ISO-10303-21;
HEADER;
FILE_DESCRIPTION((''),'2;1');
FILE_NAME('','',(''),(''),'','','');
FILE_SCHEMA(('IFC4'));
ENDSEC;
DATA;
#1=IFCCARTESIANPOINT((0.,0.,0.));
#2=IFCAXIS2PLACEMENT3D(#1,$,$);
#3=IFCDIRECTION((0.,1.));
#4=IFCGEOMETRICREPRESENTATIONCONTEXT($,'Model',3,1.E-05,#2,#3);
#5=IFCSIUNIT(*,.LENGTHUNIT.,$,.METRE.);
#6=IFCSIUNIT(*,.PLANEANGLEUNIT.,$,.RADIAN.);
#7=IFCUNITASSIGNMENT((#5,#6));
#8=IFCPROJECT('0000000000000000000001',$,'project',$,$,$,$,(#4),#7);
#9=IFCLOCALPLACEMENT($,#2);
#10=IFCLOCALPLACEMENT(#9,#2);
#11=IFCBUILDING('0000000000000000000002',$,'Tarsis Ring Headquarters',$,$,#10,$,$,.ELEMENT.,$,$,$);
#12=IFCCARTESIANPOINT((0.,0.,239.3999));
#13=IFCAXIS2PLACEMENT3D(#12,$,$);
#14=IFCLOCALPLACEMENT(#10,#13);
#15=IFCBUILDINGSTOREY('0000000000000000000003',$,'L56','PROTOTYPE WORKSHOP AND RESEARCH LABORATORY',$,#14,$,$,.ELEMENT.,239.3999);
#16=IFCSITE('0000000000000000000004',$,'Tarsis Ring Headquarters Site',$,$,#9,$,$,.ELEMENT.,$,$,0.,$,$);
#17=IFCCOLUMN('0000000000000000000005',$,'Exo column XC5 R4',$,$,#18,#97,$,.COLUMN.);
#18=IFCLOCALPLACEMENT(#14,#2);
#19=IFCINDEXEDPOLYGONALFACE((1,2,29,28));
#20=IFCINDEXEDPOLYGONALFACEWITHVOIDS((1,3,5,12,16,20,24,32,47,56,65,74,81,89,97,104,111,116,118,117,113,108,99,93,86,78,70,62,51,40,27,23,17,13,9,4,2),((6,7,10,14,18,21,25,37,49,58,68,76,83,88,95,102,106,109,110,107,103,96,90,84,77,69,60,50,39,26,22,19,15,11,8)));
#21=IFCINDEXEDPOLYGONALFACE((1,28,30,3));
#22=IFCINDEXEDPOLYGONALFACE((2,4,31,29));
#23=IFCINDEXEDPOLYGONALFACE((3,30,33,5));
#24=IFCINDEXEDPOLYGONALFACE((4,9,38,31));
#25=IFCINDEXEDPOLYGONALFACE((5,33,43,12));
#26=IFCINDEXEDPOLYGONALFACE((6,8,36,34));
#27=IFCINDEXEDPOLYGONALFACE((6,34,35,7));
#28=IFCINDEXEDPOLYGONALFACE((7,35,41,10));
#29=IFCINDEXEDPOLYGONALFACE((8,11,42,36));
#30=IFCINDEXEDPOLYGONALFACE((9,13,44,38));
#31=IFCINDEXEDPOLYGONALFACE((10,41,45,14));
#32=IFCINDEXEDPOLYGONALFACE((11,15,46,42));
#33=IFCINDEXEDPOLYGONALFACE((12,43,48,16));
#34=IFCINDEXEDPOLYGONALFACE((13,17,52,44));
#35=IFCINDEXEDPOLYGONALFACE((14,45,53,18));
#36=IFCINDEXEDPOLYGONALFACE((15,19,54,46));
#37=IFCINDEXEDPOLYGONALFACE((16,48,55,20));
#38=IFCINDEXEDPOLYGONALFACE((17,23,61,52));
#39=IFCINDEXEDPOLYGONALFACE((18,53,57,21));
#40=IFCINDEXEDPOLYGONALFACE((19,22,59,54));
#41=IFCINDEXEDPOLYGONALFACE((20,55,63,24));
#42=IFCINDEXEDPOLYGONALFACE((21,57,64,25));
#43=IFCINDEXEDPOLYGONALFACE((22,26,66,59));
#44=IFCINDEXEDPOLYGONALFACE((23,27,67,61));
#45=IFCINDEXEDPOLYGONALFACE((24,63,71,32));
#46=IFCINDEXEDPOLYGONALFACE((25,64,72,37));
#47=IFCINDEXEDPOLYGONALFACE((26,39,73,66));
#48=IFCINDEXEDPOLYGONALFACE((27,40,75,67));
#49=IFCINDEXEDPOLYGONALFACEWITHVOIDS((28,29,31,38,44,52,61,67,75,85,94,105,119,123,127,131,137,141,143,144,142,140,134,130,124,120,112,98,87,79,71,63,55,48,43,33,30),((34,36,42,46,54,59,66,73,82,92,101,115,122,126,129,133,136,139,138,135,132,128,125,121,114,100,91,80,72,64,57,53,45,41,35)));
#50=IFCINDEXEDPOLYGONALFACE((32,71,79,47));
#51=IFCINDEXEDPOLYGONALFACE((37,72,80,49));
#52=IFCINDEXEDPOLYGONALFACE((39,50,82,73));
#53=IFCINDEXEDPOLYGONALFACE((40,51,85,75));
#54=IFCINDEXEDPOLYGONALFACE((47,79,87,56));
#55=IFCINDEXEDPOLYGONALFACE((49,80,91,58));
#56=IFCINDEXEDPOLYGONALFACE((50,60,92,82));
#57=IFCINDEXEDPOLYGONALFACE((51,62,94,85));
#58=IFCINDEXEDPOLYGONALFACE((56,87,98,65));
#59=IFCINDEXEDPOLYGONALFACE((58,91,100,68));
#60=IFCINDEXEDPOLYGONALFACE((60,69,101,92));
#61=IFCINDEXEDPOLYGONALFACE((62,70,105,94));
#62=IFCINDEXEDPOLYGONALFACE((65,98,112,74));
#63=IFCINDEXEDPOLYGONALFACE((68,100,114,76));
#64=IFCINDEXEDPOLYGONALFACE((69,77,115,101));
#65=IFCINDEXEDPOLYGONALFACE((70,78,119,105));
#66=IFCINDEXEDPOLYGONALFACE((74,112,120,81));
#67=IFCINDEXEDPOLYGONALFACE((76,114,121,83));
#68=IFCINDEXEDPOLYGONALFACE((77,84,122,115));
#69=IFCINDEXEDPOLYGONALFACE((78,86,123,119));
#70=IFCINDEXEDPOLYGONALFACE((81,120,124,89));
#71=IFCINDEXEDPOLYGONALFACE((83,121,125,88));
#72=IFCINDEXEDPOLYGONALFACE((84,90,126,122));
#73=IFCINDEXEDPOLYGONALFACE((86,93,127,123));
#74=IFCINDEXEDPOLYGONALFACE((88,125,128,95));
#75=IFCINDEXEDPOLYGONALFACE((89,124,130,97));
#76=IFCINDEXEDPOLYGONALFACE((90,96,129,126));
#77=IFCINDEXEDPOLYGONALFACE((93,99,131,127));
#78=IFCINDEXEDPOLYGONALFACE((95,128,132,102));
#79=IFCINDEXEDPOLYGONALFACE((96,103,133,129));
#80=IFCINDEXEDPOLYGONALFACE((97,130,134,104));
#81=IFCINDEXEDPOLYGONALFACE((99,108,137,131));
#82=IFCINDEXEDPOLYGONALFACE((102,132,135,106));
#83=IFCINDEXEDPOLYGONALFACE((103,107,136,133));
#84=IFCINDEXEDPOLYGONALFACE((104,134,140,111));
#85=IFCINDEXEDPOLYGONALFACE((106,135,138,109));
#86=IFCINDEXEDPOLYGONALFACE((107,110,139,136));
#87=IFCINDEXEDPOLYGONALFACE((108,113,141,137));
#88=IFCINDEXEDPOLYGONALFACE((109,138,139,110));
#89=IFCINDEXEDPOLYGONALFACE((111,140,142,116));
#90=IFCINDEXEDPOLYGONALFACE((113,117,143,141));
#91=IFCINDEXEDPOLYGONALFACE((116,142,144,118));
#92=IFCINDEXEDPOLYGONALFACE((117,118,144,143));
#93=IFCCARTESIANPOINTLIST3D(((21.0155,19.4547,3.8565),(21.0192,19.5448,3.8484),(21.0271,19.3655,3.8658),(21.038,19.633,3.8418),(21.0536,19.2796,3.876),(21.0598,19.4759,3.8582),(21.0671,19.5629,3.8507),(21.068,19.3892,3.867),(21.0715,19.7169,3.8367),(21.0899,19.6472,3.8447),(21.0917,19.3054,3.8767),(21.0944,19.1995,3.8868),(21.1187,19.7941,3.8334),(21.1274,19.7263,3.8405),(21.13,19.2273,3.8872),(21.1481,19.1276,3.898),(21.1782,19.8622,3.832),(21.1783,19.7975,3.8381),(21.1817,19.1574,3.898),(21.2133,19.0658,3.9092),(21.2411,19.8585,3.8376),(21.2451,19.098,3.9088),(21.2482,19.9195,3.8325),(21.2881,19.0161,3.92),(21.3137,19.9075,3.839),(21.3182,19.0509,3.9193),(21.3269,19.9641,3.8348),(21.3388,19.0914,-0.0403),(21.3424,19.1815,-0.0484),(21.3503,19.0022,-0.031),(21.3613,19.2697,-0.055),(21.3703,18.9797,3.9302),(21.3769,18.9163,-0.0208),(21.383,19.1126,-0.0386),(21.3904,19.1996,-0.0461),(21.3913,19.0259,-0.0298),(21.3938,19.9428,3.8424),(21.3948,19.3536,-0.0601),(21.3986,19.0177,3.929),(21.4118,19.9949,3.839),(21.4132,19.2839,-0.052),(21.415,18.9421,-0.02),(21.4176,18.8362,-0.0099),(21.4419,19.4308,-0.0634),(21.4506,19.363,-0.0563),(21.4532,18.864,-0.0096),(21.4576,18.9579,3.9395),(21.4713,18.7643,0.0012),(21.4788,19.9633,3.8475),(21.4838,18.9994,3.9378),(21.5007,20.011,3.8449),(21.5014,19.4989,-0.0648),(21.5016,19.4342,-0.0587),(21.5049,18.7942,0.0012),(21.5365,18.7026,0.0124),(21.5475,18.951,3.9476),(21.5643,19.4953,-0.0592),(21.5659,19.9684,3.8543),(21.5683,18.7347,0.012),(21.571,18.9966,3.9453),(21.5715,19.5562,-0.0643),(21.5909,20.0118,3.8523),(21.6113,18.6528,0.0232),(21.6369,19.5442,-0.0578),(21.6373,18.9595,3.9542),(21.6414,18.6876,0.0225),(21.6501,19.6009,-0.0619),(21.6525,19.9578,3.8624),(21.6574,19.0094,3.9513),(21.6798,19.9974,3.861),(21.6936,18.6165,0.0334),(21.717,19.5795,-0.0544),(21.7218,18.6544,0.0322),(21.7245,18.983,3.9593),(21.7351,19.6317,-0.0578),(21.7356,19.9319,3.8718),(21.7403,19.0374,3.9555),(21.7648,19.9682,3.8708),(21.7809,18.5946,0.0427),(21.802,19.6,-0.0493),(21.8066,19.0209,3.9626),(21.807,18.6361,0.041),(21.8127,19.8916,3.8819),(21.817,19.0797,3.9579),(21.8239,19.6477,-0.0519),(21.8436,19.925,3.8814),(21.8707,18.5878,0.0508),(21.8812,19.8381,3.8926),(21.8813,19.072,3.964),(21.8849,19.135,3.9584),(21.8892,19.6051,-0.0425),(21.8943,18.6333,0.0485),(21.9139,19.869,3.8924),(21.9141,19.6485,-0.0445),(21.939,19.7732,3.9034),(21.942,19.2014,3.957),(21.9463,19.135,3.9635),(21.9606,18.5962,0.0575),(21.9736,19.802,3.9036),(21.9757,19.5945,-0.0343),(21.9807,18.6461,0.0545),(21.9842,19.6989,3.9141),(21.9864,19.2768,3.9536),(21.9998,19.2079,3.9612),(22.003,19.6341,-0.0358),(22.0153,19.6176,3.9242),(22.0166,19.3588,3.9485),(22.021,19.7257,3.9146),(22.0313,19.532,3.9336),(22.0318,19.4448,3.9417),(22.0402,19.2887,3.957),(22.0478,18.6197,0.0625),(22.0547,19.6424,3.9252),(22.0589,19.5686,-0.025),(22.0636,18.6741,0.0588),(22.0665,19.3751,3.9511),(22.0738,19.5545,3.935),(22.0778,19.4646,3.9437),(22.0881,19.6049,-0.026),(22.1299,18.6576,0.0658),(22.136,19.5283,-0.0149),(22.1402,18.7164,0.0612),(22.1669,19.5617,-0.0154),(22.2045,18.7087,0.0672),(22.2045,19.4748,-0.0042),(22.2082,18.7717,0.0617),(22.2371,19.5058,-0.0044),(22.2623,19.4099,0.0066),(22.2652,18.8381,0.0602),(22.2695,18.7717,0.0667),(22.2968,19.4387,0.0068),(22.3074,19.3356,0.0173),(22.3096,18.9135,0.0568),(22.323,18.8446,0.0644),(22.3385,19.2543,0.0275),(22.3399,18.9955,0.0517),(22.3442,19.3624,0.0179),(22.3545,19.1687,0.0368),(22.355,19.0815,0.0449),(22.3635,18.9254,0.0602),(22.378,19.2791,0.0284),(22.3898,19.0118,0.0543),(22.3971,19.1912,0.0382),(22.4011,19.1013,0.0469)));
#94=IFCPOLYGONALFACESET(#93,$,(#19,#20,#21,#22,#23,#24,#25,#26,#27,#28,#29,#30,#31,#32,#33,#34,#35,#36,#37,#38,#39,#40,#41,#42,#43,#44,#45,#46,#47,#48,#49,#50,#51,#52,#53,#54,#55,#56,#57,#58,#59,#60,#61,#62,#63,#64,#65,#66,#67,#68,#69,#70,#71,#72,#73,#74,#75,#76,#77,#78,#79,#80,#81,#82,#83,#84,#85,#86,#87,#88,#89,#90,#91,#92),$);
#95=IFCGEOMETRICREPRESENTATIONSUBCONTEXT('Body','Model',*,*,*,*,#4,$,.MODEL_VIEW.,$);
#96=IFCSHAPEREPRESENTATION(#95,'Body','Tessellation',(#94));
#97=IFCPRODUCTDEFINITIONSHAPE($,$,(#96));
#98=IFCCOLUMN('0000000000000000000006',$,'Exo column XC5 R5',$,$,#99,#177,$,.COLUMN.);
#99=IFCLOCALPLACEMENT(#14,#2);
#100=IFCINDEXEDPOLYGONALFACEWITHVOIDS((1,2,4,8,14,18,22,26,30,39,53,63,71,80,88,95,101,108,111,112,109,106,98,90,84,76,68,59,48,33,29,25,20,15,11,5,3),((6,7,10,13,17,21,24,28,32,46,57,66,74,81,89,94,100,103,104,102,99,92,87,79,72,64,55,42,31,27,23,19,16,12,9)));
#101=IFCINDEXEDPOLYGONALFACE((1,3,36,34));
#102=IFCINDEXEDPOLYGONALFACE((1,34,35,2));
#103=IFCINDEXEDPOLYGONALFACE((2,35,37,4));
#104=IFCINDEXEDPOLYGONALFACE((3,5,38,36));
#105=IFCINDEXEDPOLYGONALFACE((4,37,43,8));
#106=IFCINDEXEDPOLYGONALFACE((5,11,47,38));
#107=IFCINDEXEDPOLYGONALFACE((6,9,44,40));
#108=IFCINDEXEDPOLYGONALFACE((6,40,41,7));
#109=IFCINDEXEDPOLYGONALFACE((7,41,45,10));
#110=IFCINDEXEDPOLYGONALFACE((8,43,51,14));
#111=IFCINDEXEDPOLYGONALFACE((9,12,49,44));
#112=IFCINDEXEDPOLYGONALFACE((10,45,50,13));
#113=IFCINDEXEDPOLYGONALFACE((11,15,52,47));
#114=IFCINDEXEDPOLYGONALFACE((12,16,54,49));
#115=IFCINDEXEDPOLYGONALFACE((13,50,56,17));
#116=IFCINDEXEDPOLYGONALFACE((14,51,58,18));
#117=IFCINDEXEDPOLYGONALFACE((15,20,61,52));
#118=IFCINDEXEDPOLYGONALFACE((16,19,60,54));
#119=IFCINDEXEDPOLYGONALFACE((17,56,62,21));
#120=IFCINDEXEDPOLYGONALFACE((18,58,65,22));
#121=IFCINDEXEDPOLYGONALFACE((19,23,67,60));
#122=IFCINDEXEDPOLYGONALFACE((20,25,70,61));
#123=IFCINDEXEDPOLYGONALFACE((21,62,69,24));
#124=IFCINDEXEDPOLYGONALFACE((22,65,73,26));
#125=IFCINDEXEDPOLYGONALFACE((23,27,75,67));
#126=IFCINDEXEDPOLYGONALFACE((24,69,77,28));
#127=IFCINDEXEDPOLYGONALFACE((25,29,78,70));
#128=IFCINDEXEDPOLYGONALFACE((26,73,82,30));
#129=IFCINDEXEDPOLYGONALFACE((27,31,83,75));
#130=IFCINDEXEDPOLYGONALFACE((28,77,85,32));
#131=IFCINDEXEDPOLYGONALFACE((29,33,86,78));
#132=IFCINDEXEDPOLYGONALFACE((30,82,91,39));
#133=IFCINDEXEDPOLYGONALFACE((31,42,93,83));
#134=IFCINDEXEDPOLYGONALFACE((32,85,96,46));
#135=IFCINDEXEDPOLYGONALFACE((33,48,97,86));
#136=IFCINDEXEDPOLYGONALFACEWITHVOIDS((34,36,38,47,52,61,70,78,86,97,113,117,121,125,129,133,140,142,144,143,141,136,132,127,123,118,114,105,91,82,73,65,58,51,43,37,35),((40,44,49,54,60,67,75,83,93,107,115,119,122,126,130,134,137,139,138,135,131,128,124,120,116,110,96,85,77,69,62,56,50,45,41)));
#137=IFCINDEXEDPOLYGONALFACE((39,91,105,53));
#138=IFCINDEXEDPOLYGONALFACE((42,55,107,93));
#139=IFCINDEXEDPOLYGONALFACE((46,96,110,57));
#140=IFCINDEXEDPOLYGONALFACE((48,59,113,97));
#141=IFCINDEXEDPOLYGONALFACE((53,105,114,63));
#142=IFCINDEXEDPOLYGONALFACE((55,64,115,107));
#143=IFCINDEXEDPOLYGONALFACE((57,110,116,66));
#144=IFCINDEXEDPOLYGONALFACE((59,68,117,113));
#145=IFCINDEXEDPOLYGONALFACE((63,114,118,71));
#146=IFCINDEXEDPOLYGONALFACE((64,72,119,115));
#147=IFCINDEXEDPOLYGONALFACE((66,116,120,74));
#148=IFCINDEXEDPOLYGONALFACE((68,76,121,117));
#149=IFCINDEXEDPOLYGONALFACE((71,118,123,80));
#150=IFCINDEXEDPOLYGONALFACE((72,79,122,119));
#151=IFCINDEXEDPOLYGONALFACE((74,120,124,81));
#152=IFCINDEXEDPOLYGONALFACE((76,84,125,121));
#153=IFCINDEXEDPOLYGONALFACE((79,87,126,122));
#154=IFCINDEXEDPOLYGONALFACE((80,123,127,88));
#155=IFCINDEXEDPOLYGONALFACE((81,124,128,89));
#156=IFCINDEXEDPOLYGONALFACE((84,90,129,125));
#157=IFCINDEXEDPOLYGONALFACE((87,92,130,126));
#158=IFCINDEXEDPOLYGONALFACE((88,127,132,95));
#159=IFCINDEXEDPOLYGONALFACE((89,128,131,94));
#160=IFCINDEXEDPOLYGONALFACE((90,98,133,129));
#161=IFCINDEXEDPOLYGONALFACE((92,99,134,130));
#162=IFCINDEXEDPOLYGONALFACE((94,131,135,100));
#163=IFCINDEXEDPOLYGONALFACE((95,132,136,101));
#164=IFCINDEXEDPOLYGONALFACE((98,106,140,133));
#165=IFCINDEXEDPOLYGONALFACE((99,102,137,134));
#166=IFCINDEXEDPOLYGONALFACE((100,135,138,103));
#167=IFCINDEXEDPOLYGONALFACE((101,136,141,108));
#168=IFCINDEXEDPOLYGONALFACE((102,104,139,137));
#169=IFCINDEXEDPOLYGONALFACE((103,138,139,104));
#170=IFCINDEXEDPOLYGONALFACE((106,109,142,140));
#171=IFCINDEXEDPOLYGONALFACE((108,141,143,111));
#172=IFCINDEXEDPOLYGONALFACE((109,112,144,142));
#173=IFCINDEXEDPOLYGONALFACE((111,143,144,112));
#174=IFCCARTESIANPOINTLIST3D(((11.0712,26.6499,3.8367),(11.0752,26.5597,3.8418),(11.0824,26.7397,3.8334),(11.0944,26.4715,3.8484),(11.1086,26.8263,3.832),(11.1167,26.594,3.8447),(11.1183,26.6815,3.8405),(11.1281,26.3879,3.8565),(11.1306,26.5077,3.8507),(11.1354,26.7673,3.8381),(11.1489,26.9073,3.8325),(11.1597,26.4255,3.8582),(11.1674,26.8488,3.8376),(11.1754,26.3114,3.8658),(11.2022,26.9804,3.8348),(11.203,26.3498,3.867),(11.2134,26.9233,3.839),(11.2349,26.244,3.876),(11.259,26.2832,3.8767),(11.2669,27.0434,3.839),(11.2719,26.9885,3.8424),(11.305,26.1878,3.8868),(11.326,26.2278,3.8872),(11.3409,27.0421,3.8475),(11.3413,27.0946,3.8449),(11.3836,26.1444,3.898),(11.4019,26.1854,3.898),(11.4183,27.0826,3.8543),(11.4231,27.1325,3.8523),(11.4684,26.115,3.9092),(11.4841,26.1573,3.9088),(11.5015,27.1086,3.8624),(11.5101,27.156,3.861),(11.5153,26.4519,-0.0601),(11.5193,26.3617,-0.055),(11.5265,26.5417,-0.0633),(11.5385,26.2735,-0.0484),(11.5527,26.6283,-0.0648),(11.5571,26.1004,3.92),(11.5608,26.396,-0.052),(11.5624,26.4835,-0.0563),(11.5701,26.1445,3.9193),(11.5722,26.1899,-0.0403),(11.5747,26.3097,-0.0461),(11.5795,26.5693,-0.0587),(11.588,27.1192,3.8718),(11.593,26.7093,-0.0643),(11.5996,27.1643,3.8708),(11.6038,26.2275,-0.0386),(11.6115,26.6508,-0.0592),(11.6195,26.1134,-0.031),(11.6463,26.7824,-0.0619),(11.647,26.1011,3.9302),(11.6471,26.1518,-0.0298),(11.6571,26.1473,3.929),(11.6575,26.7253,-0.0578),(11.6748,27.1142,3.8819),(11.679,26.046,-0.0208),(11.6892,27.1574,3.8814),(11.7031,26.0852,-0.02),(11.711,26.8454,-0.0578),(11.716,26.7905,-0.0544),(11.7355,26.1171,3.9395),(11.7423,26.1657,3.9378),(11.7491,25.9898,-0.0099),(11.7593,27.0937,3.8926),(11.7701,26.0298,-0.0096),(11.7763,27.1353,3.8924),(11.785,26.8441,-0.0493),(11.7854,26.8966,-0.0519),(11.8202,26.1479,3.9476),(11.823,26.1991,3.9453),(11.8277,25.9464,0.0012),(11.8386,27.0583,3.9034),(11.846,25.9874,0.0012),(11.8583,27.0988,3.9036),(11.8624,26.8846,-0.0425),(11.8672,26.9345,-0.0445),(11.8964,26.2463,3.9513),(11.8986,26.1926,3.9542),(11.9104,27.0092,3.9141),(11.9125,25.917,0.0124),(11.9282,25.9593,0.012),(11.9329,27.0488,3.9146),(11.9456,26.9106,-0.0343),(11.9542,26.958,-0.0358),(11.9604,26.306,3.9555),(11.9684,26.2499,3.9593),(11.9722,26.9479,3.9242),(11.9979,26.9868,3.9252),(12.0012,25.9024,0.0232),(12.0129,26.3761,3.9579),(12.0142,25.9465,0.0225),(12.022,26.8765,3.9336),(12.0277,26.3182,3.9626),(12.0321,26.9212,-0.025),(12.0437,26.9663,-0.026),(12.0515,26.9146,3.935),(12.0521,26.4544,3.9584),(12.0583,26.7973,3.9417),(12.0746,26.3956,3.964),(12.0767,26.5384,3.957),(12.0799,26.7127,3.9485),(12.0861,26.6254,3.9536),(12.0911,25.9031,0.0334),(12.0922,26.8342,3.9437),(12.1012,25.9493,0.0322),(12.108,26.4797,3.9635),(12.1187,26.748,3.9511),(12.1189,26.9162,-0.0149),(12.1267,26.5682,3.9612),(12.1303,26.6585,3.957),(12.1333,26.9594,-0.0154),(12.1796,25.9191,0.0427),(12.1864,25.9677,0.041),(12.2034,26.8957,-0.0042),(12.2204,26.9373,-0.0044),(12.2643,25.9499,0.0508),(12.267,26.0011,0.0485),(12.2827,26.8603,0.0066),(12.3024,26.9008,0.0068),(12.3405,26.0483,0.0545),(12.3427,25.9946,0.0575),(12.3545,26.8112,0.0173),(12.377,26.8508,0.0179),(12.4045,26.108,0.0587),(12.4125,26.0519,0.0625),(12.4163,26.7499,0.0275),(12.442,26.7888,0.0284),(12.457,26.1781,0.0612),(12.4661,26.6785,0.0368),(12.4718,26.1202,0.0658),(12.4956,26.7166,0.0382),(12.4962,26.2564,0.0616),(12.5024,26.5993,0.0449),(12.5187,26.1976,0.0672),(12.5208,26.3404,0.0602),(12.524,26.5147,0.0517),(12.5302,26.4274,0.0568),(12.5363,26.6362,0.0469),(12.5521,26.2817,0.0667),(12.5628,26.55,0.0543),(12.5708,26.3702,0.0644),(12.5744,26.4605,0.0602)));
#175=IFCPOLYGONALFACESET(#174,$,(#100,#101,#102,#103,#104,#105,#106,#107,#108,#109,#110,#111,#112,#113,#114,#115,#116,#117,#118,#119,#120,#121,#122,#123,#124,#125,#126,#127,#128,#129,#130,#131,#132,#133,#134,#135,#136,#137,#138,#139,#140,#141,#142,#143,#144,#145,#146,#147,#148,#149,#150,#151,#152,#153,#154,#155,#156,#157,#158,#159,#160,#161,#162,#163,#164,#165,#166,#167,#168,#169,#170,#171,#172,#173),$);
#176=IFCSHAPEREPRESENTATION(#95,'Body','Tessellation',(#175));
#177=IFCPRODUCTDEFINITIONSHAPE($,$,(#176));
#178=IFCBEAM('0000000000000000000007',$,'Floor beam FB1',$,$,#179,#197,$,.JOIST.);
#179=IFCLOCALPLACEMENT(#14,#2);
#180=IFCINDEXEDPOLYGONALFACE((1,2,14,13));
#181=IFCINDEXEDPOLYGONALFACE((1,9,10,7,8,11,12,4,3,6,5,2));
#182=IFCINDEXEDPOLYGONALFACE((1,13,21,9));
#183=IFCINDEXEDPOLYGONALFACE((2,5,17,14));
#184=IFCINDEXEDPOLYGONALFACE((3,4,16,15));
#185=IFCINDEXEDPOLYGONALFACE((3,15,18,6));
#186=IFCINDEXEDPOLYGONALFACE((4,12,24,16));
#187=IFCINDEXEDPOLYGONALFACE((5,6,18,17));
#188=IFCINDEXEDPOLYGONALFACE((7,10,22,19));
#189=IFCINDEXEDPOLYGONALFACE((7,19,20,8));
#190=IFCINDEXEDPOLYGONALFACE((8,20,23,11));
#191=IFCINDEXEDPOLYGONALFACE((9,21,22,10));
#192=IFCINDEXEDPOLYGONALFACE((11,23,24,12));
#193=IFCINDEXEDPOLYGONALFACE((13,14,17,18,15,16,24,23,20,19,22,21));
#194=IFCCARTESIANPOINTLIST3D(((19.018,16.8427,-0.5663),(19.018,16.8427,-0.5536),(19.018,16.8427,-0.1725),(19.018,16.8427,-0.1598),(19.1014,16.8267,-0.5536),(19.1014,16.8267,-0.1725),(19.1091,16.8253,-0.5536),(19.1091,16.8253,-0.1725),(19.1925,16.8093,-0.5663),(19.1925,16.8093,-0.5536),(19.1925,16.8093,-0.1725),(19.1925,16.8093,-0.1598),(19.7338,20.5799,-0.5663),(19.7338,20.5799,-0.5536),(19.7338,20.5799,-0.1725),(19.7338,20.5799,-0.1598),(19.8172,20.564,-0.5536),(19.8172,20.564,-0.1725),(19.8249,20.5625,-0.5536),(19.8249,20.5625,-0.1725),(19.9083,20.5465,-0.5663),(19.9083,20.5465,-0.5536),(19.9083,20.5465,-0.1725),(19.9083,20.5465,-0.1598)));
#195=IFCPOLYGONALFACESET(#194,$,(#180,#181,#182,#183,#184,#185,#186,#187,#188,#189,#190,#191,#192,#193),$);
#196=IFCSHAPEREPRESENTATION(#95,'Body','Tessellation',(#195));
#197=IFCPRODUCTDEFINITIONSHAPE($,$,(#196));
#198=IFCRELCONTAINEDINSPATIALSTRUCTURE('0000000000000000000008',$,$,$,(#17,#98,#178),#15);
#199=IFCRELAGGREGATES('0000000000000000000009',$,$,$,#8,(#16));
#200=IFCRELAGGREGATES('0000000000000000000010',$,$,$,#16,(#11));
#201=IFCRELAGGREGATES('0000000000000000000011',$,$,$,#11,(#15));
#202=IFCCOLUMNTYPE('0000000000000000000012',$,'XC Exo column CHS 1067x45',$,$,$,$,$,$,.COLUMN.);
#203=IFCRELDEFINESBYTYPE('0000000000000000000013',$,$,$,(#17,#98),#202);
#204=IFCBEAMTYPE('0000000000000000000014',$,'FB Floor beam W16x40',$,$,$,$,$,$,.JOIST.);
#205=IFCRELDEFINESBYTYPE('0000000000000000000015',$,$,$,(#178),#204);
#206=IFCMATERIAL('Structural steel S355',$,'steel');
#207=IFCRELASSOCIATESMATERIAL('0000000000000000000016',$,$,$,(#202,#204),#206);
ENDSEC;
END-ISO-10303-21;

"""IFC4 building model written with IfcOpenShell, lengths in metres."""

from ifc_helpers import new_model, si_unit, direction, frame, origin, origin_2d, place, context, subcontext, project, spatial, hollow_circle, i_section, extrude, material, material_profile, profile_set, type_object, element, save


model = new_model("IFC4")

# Units and contexts
model_context = context("Model", 3, precision=1e-05, world=origin(), true_north=direction((0.0, 1.0)))
body_context = subcontext(model_context, "Body", "Model", "MODEL_VIEW")
ifc_project = project(units=[si_unit("LENGTHUNIT", "METRE"), si_unit("PLANEANGLEUNIT", "RADIAN")], contexts=[model_context])

# Site, building, storey
site_placement = place(None, origin())
site = spatial("IfcSite", under=ifc_project, at=site_placement, Name="Tarsis Ring Headquarters Site", CompositionType="ELEMENT", RefElevation=0.0)
building_placement = place(site_placement, origin())
building = spatial("IfcBuilding", under=site, at=building_placement, Name="Tarsis Ring Headquarters", CompositionType="ELEMENT")
storey_placement = place(building_placement, frame((0.0, 0.0, 239.3999)))
storey = spatial("IfcBuildingStorey", under=building, at=storey_placement, Name="L56", Description="PROTOTYPE WORKSHOP AND RESEARCH LABORATORY", CompositionType="ELEMENT", Elevation=239.3999)

# Columns
ifc_material_1 = material(Name="Structural steel S355", Category="steel")
ifc_material_profile_1 = material_profile(ifc_material_1, hollow_circle(Radius=0.5334, WallThickness=0.0449, at=origin_2d()), Name="CHS 1067x45")
ifc_profile_set_1 = profile_set([ifc_material_profile_1], Name="Structural steel S355")
column_type = type_object("IfcColumnType", Name="XC Exo column CHS 1067x45", PredefinedType="COLUMN", material=ifc_profile_set_1)
for number, where, z_axis, x_axis, name in (
    (1, (21.8699, 19.1189, 0.0012), (-0.082314, 0.09251, 0.992304), (-0.747077, -0.664738, 0.0), "Exo column XC5 R4"),
    (2, (12.0449, 26.4336, 0.0012), (-0.113088, 0.05042, 0.992305), (-0.40721, -0.913335, 0.0), "Exo column XC5 R5"),
):
    element("IfcColumn", number, at=place(storey_placement, frame(where, z_axis=z_axis, x_axis=x_axis)), inside=storey, type_object=column_type, Name=name, PredefinedType="COLUMN", context=body_context, shape_type="SweptSolid", body=[
        extrude(hollow_circle(Radius=0.5334, WallThickness=0.0449, at=origin_2d()), origin(), (0.0, 0.0, 1.0), 3.927),
    ])

# Beam
ifc_material_profile_2 = material_profile(ifc_material_1, i_section(OverallWidth=0.1777, OverallDepth=0.4065, WebThickness=0.0078, FlangeThickness=0.0127, at=origin_2d()), Name="W16x40")
ifc_profile_set_2 = profile_set([ifc_material_profile_2], Name="Structural steel S355")
beam_type_1 = type_object("IfcBeamType", Name="FB Floor beam W16x40", PredefinedType="JOIST", material=ifc_profile_set_2)
beam_1_placement = place(storey_placement, frame((19.821, 20.5632, -0.363), z_axis=(-0.188114, -0.982147, 0.0), x_axis=(0.982147, -0.188114, 0.0)))
element("IfcBeam", 3, at=beam_1_placement, inside=storey, type_object=beam_type_1, Name="Floor beam FB1", PredefinedType="JOIST", context=body_context, shape_type="SweptSolid", body=[
    extrude(i_section(OverallWidth=0.1777, OverallDepth=0.4065, WebThickness=0.0078, FlangeThickness=0.0127, at=origin_2d()), origin(), (0.0, 0.0, 1.0), 3.8052),
])

save(model, "model.ifc")
